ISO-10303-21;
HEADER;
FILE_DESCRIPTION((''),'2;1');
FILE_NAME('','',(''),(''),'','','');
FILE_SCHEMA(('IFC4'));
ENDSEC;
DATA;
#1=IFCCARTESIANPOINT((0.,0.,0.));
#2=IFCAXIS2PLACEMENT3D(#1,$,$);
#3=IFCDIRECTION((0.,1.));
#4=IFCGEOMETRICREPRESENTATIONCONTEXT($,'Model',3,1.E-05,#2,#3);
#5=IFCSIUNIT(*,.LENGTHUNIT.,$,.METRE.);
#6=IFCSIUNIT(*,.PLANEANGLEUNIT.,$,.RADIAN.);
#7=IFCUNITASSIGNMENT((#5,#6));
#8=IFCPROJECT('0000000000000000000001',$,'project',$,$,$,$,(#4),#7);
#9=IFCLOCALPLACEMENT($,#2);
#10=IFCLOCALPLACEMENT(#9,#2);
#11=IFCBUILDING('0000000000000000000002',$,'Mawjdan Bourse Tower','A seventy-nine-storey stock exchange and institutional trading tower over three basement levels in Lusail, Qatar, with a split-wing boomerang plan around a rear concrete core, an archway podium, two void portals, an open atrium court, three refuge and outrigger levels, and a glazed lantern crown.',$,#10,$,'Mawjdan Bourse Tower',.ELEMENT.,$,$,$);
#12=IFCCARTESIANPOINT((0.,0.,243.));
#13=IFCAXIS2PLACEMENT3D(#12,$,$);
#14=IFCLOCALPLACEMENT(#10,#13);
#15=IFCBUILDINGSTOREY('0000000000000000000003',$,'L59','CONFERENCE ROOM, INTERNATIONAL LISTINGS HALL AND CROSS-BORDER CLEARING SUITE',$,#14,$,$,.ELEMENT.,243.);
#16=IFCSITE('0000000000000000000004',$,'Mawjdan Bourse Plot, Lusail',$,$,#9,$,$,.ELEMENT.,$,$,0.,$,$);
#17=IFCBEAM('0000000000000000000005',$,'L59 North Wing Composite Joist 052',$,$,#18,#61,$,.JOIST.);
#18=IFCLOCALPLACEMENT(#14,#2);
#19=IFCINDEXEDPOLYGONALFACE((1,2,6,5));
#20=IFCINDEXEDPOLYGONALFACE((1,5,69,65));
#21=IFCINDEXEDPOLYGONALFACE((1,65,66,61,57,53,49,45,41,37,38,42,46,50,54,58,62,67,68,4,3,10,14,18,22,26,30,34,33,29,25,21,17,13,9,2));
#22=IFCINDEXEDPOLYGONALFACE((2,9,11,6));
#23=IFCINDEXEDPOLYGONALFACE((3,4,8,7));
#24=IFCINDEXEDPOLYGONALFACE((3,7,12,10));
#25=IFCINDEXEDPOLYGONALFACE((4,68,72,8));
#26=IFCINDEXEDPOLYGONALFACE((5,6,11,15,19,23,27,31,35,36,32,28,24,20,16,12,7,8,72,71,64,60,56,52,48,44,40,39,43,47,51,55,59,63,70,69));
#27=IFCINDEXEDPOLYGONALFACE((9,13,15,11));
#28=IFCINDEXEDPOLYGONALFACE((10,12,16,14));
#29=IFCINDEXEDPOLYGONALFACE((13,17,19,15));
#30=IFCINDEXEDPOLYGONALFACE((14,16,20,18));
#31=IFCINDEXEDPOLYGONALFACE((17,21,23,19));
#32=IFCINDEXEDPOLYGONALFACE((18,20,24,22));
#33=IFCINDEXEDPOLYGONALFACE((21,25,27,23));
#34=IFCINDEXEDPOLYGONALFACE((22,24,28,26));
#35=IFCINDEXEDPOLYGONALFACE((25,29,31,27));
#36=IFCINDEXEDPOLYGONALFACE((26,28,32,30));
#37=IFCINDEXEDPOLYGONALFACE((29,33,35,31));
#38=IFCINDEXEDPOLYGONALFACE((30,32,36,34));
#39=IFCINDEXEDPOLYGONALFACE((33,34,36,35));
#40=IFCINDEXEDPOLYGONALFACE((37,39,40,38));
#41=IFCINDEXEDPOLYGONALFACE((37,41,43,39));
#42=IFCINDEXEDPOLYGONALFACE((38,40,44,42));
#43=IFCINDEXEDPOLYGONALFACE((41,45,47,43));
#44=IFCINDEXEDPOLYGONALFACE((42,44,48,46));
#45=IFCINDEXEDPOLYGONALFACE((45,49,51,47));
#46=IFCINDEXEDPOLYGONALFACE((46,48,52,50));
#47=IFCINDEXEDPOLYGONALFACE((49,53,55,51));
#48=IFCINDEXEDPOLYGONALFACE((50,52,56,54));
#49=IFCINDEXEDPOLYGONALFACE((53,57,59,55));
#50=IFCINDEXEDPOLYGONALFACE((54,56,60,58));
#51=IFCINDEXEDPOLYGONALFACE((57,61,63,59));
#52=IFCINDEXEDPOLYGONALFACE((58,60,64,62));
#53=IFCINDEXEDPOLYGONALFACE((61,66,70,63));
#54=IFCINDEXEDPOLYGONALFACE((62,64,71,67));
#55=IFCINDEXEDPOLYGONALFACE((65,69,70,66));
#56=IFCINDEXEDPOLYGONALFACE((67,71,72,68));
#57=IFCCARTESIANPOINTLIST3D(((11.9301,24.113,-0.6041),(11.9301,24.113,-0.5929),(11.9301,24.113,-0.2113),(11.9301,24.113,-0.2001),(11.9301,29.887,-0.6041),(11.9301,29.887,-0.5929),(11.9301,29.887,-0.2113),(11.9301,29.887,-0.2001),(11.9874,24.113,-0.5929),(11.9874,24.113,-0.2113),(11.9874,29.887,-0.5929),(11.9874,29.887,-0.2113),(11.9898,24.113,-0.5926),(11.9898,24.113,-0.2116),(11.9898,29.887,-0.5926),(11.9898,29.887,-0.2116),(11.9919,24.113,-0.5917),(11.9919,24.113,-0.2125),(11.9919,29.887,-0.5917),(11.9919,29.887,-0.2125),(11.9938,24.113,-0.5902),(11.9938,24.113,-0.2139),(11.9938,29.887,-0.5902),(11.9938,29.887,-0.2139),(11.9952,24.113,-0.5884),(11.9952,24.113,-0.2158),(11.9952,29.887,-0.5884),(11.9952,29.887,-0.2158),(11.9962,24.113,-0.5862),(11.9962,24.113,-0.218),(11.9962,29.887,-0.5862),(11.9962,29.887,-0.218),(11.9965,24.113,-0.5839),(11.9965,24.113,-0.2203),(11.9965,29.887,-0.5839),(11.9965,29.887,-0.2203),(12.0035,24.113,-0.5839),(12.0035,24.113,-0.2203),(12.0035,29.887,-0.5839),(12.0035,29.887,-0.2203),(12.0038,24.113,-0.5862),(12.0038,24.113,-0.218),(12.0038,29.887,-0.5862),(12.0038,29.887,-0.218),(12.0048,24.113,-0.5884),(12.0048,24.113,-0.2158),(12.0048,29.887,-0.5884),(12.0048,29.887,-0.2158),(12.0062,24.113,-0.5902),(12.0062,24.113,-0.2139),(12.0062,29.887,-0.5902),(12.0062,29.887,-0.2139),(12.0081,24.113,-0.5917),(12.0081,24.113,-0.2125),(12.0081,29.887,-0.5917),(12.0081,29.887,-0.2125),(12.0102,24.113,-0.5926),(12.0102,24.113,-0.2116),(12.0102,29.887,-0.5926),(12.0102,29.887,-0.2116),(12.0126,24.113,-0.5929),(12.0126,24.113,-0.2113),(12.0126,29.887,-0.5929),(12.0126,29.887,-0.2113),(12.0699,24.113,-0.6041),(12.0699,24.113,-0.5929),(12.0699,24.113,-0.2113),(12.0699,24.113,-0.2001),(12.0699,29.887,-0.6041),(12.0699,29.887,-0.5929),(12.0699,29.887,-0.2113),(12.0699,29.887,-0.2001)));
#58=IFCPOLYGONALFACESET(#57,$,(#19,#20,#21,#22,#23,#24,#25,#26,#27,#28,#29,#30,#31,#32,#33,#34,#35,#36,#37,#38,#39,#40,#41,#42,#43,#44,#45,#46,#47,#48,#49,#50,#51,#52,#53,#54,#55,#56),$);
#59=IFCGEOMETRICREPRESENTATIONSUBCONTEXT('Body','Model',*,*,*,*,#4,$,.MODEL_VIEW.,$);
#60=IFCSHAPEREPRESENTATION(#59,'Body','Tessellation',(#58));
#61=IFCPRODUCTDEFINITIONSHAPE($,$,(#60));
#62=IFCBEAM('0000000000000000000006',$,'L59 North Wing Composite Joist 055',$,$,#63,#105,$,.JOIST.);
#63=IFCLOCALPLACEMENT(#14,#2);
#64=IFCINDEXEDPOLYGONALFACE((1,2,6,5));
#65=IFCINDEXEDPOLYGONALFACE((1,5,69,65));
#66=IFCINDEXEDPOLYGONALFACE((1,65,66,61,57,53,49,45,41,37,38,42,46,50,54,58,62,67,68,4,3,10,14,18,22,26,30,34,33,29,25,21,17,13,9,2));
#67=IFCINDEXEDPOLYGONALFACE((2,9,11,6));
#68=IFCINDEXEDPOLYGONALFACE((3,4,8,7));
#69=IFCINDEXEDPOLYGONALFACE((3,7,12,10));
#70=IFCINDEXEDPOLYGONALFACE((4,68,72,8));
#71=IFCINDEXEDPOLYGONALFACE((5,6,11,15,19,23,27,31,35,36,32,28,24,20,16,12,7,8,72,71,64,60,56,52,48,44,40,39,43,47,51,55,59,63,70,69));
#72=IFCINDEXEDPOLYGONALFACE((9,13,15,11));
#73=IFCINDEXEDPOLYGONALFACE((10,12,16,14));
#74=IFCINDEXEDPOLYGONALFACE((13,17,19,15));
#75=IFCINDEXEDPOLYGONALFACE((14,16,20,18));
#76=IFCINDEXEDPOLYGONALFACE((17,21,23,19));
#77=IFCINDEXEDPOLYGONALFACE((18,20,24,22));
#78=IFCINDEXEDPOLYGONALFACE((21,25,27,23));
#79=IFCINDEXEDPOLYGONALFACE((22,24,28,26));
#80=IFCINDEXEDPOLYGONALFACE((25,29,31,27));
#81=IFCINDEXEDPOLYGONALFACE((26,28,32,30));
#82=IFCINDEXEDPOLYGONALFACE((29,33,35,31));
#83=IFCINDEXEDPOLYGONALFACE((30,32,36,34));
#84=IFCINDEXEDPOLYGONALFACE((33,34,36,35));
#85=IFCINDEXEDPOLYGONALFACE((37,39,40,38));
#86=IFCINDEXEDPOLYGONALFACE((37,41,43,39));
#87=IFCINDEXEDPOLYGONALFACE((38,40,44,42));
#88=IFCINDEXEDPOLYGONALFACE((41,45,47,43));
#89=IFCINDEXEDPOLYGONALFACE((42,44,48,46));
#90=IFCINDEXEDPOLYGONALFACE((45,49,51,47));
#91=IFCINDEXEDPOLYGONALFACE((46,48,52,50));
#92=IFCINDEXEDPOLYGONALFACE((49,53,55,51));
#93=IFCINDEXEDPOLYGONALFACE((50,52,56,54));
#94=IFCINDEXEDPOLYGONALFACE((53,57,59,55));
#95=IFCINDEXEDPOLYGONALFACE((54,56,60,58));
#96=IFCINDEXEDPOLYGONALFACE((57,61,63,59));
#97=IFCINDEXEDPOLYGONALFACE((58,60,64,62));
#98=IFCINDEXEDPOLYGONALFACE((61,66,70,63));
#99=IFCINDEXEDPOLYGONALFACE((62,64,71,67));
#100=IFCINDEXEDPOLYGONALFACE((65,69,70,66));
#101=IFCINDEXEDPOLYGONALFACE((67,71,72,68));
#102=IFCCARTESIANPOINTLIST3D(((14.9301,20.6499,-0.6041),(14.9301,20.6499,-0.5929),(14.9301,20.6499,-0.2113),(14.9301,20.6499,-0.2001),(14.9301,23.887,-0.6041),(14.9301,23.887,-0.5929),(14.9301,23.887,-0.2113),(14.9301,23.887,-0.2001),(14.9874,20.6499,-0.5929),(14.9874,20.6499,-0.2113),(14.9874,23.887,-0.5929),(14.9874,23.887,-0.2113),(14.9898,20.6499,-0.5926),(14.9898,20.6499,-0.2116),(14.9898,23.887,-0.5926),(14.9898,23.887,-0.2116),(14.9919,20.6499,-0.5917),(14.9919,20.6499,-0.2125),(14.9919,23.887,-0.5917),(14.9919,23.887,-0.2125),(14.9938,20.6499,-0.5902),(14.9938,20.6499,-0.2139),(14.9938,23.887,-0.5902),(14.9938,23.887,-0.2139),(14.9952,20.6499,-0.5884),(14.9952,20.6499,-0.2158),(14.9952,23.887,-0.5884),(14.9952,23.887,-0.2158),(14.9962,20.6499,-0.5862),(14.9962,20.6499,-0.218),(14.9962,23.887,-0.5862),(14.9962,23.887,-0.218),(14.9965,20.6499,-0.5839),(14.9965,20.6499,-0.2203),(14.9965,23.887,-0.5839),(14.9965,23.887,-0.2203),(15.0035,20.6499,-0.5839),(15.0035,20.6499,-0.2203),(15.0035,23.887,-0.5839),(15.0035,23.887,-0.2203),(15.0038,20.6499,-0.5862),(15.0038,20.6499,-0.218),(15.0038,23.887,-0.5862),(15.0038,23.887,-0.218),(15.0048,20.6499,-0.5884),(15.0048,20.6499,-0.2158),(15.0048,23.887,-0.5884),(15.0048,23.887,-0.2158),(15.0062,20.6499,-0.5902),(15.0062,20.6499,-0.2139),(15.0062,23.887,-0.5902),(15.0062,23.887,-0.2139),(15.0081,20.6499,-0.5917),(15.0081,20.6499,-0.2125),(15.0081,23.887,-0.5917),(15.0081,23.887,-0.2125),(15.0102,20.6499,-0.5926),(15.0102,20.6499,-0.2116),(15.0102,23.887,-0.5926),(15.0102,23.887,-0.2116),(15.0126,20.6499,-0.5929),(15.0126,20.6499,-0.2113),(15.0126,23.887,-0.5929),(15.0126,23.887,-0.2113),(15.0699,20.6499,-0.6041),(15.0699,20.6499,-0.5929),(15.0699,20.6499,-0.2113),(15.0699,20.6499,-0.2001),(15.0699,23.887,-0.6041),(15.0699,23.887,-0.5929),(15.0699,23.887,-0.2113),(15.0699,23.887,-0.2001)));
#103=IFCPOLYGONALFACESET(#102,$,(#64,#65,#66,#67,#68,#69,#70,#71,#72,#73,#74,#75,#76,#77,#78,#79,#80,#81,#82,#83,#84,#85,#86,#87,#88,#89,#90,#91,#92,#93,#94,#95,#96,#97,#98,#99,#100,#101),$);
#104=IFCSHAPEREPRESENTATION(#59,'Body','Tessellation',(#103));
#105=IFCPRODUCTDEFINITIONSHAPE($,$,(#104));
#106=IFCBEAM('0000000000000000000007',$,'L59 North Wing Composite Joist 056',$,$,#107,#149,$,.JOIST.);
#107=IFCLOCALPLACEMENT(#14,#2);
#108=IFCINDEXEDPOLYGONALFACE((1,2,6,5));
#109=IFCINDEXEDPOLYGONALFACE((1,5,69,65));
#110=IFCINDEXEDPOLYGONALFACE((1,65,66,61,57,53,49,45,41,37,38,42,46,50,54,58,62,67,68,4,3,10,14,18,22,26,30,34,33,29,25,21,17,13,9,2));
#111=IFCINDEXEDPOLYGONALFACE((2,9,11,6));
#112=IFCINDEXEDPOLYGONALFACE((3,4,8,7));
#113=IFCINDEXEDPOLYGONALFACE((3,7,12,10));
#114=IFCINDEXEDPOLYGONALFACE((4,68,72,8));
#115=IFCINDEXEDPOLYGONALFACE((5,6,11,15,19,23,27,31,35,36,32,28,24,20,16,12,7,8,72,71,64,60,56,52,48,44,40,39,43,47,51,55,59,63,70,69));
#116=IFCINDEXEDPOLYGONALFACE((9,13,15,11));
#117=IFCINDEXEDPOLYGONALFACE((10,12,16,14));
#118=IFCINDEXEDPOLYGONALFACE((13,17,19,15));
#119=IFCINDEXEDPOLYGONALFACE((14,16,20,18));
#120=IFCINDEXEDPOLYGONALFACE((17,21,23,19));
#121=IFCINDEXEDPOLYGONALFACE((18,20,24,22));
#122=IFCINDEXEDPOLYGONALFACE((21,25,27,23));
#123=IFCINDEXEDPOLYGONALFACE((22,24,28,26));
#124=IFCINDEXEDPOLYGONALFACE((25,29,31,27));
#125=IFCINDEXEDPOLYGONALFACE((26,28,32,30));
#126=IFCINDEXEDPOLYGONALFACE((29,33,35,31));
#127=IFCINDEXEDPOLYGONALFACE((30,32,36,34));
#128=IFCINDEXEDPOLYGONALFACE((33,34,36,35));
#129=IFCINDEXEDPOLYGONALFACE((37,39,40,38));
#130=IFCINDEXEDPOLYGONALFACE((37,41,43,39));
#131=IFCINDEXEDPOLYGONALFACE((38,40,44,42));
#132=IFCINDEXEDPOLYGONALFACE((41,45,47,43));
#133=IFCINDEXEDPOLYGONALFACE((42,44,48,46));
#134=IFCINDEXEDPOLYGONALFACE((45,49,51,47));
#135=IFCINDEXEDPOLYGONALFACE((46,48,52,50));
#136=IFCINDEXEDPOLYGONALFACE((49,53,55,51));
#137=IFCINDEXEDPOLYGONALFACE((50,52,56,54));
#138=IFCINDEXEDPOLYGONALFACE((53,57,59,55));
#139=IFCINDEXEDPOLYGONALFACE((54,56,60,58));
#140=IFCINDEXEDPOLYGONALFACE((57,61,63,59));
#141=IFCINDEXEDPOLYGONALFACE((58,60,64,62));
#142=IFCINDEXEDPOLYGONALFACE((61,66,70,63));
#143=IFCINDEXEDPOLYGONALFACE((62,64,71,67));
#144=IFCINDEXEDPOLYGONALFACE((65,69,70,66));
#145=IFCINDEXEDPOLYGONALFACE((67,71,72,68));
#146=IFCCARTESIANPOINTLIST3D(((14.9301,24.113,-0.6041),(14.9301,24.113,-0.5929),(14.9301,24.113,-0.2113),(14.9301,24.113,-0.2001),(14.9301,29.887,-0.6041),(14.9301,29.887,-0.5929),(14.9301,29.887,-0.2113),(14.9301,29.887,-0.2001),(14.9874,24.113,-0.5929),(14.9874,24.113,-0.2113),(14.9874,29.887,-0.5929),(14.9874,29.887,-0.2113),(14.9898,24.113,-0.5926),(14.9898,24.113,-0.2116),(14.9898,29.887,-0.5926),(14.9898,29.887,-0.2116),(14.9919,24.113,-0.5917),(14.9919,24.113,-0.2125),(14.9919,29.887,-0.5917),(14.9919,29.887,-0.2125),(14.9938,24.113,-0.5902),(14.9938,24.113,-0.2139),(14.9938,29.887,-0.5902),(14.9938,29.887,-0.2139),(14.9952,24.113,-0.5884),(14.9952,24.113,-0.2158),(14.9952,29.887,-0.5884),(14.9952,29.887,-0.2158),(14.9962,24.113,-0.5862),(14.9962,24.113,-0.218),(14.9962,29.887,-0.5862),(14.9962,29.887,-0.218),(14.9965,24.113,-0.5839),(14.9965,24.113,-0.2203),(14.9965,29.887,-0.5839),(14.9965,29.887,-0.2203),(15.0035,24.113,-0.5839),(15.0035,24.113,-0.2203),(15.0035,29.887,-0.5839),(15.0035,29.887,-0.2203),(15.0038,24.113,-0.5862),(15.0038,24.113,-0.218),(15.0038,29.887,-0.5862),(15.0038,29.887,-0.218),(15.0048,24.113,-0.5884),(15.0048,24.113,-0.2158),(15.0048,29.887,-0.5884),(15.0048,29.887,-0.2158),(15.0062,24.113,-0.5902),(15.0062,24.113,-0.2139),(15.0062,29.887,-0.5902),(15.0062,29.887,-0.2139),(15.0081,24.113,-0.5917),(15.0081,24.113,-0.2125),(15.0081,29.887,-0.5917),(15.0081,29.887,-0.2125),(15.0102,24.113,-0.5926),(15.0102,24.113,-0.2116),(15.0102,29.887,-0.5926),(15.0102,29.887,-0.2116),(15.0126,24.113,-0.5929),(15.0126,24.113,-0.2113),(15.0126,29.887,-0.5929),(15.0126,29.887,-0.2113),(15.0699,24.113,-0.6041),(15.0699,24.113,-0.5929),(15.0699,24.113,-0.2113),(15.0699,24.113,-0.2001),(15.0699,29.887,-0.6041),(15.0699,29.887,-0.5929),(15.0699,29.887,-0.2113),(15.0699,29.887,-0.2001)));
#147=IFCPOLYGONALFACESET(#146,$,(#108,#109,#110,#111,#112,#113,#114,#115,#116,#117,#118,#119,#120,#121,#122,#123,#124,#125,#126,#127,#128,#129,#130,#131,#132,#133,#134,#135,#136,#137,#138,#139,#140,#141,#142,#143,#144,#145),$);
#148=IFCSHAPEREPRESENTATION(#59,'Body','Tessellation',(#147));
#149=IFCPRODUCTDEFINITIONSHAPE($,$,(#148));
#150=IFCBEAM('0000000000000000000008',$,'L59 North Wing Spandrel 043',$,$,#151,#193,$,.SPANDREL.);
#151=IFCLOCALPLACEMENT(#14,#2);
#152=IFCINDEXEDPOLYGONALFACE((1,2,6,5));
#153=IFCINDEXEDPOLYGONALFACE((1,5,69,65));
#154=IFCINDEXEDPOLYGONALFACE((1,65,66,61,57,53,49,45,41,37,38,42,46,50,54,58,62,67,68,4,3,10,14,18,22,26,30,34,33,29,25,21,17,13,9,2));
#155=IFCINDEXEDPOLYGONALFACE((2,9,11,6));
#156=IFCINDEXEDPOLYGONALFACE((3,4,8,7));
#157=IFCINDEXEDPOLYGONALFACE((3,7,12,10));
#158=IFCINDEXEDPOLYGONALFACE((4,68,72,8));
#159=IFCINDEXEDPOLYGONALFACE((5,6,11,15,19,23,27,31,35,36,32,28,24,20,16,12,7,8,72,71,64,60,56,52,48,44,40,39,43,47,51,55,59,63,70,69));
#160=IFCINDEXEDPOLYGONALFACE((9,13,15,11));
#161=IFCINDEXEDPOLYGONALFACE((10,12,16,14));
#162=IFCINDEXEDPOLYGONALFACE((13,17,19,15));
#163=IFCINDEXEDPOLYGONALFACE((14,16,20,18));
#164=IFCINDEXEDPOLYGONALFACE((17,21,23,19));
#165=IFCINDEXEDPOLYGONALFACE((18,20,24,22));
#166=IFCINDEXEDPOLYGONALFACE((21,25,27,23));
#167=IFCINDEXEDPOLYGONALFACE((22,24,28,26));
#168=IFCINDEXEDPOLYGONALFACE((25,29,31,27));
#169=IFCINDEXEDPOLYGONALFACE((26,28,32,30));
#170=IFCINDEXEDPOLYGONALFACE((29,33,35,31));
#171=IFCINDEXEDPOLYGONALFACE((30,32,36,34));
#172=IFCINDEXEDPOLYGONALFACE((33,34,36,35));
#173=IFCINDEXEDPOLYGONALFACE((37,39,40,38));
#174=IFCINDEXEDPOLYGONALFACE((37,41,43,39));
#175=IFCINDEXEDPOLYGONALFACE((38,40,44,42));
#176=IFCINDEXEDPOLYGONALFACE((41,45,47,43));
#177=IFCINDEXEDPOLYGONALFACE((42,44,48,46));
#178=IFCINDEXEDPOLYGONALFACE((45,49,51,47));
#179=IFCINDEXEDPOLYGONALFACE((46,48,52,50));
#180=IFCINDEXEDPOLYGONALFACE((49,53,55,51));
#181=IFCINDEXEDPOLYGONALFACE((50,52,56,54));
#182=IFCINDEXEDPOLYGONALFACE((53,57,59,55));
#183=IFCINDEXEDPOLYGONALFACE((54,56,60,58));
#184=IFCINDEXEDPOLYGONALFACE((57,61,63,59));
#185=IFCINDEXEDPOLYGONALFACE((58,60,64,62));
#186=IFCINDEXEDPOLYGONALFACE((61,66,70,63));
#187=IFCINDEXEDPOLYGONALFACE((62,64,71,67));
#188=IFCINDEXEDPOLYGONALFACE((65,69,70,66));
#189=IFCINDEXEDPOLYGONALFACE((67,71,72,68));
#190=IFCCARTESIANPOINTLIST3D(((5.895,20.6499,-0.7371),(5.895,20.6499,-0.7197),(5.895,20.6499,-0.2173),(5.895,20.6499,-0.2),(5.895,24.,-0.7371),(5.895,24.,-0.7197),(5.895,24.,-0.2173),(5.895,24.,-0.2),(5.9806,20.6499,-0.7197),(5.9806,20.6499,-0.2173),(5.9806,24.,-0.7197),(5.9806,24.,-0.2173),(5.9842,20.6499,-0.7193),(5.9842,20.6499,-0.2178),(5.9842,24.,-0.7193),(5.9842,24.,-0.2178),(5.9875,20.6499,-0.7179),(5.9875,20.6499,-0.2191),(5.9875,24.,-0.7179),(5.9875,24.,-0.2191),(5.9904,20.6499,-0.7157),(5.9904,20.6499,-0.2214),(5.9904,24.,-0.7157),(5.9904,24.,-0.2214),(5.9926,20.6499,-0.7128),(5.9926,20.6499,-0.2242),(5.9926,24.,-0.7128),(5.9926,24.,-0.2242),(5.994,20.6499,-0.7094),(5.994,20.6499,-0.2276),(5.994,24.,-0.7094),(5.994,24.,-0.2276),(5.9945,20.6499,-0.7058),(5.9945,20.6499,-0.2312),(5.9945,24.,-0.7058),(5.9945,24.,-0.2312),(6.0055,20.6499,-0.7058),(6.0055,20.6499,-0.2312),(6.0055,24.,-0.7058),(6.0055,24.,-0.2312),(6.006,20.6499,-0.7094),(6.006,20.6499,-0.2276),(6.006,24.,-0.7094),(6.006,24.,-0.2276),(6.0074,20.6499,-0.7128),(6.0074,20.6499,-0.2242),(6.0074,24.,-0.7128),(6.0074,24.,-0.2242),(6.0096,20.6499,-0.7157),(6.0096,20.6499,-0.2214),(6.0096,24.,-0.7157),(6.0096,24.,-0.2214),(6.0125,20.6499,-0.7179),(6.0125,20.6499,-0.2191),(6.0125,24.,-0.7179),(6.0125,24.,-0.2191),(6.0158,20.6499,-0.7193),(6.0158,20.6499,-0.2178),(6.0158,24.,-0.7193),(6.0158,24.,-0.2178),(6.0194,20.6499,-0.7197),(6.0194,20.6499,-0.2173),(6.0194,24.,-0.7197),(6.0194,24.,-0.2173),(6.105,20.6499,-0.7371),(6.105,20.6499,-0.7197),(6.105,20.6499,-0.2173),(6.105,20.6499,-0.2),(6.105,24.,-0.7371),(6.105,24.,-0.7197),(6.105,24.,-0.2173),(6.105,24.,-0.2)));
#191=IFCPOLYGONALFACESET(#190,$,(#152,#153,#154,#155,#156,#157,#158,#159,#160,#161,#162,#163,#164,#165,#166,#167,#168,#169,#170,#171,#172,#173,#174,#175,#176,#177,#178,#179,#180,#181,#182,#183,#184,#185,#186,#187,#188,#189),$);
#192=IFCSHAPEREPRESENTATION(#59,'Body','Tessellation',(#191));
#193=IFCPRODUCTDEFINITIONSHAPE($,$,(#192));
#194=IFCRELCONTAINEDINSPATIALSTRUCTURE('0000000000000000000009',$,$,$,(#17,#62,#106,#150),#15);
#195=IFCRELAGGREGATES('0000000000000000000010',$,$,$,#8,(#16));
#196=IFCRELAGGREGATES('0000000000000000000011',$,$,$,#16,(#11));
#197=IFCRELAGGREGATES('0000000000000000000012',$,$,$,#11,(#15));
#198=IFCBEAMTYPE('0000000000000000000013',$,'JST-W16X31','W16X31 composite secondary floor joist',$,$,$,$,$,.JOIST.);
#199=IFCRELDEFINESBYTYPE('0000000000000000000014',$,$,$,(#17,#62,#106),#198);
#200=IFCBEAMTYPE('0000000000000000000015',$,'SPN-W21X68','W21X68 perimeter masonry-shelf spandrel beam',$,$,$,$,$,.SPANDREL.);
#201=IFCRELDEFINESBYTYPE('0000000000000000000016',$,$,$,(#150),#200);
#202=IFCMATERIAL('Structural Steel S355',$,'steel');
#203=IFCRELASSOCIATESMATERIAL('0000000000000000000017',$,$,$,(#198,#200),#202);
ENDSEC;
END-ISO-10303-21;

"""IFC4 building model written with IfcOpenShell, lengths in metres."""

from ifc_helpers import new_model, si_unit, direction, frame, origin, origin_2d, place, context, subcontext, project, spatial, i_section, extrude, material, material_profile, profile_set, type_object, element, save


model = new_model("IFC4")

# Units and contexts
model_context = context("Model", 3, precision=1e-05, world=origin(), true_north=direction((0.0, 1.0)))
body_context = subcontext(model_context, "Body", "Model", "MODEL_VIEW")
ifc_project = project(units=[si_unit("LENGTHUNIT", "METRE"), si_unit("PLANEANGLEUNIT", "RADIAN")], contexts=[model_context])

# Site, building, storey
site_placement = place(None, origin())
site = spatial("IfcSite", under=ifc_project, at=site_placement, Name="Mawjdan Bourse Plot, Lusail", CompositionType="ELEMENT", RefElevation=0.0)
building_placement = place(site_placement, origin())
building = spatial("IfcBuilding", under=site, at=building_placement, Name="Mawjdan Bourse Tower", Description="A seventy-nine-storey stock exchange and institutional trading tower over three basement levels in Lusail, Qatar, with a split-wing boomerang plan around a rear concrete core, an archway podium, two void portals, an open atrium court, three refuge and outrigger levels, and a glazed lantern crown.", LongName="Mawjdan Bourse Tower", CompositionType="ELEMENT")
storey_placement = place(building_placement, frame((0.0, 0.0, 243.0)))
storey = spatial("IfcBuildingStorey", under=building, at=storey_placement, Name="L59", Description="CONFERENCE ROOM, INTERNATIONAL LISTINGS HALL AND CROSS-BORDER CLEARING SUITE", CompositionType="ELEMENT", Elevation=243.0)

# Beams
ifc_material_1 = material(Name="Structural Steel S355", Category="steel")
ifc_material_profile_1 = material_profile(ifc_material_1, i_section(OverallWidth=0.1399, OverallDepth=0.4041, WebThickness=0.0071, FlangeThickness=0.0112, FilletRadius=0.009, at=origin_2d()), Name="W16X31")
ifc_profile_set_1 = profile_set([ifc_material_profile_1], Name="Structural Steel S355")
beam_type_1 = type_object("IfcBeamType", Name="JST-W16X31", Description="W16X31 composite secondary floor joist", PredefinedType="JOIST", material=ifc_profile_set_1)
beam_1_placement = place(storey_placement, frame((12.0, 24.113, -0.4021), z_axis=(0.0, 1.0, 0.0), x_axis=(-1.0, 0.0, 0.0)))
element("IfcBeam", 1, at=beam_1_placement, inside=storey, type_object=beam_type_1, Name="L59 North Wing Composite Joist 052", PredefinedType="JOIST", context=body_context, shape_type="SweptSolid", body=[
    extrude(i_section(OverallWidth=0.1399, OverallDepth=0.4041, WebThickness=0.0071, FlangeThickness=0.0112, FilletRadius=0.009, at=origin_2d()), origin(), (0.0, 0.0, 1.0), 5.7739),
])
beam_2_placement = place(storey_placement, frame((15.0, 20.6499, -0.4021), z_axis=(0.0, 1.0, 0.0), x_axis=(-1.0, 0.0, 0.0)))
element("IfcBeam", 2, at=beam_2_placement, inside=storey, type_object=beam_type_1, Name="L59 North Wing Composite Joist 055", PredefinedType="JOIST", context=body_context, shape_type="SweptSolid", body=[
    extrude(i_section(OverallWidth=0.1399, OverallDepth=0.4041, WebThickness=0.0071, FlangeThickness=0.0112, FilletRadius=0.009, at=origin_2d()), origin(), (0.0, 0.0, 1.0), 3.2371),
])
beam_3_placement = place(storey_placement, frame((15.0, 24.113, -0.4021), z_axis=(0.0, 1.0, 0.0), x_axis=(-1.0, 0.0, 0.0)))
element("IfcBeam", 3, at=beam_3_placement, inside=storey, type_object=beam_type_1, Name="L59 North Wing Composite Joist 056", PredefinedType="JOIST", context=body_context, shape_type="SweptSolid", body=[
    extrude(i_section(OverallWidth=0.1399, OverallDepth=0.4041, WebThickness=0.0071, FlangeThickness=0.0112, FilletRadius=0.009, at=origin_2d()), origin(), (0.0, 0.0, 1.0), 5.7739),
])
ifc_material_profile_2 = material_profile(ifc_material_1, i_section(OverallWidth=0.21, OverallDepth=0.5371, WebThickness=0.011, FlangeThickness=0.0173, FilletRadius=0.0139, at=origin_2d()), Name="W21X68")
ifc_profile_set_2 = profile_set([ifc_material_profile_2], Name="Structural Steel S355")
beam_type_2 = type_object("IfcBeamType", Name="SPN-W21X68", Description="W21X68 perimeter masonry-shelf spandrel beam", PredefinedType="SPANDREL", material=ifc_profile_set_2)
beam_4_placement = place(storey_placement, frame((6.0, 20.6499, -0.4685), z_axis=(0.0, 1.0, 0.0), x_axis=(-1.0, 0.0, 0.0)))
element("IfcBeam", 4, at=beam_4_placement, inside=storey, type_object=beam_type_2, Name="L59 North Wing Spandrel 043", PredefinedType="SPANDREL", context=body_context, shape_type="SweptSolid", body=[
    extrude(i_section(OverallWidth=0.21, OverallDepth=0.5371, WebThickness=0.011, FlangeThickness=0.0173, FilletRadius=0.0139, at=origin_2d()), origin(), (0.0, 0.0, 1.0), 3.3501),
])

save(model, "model.ifc")
